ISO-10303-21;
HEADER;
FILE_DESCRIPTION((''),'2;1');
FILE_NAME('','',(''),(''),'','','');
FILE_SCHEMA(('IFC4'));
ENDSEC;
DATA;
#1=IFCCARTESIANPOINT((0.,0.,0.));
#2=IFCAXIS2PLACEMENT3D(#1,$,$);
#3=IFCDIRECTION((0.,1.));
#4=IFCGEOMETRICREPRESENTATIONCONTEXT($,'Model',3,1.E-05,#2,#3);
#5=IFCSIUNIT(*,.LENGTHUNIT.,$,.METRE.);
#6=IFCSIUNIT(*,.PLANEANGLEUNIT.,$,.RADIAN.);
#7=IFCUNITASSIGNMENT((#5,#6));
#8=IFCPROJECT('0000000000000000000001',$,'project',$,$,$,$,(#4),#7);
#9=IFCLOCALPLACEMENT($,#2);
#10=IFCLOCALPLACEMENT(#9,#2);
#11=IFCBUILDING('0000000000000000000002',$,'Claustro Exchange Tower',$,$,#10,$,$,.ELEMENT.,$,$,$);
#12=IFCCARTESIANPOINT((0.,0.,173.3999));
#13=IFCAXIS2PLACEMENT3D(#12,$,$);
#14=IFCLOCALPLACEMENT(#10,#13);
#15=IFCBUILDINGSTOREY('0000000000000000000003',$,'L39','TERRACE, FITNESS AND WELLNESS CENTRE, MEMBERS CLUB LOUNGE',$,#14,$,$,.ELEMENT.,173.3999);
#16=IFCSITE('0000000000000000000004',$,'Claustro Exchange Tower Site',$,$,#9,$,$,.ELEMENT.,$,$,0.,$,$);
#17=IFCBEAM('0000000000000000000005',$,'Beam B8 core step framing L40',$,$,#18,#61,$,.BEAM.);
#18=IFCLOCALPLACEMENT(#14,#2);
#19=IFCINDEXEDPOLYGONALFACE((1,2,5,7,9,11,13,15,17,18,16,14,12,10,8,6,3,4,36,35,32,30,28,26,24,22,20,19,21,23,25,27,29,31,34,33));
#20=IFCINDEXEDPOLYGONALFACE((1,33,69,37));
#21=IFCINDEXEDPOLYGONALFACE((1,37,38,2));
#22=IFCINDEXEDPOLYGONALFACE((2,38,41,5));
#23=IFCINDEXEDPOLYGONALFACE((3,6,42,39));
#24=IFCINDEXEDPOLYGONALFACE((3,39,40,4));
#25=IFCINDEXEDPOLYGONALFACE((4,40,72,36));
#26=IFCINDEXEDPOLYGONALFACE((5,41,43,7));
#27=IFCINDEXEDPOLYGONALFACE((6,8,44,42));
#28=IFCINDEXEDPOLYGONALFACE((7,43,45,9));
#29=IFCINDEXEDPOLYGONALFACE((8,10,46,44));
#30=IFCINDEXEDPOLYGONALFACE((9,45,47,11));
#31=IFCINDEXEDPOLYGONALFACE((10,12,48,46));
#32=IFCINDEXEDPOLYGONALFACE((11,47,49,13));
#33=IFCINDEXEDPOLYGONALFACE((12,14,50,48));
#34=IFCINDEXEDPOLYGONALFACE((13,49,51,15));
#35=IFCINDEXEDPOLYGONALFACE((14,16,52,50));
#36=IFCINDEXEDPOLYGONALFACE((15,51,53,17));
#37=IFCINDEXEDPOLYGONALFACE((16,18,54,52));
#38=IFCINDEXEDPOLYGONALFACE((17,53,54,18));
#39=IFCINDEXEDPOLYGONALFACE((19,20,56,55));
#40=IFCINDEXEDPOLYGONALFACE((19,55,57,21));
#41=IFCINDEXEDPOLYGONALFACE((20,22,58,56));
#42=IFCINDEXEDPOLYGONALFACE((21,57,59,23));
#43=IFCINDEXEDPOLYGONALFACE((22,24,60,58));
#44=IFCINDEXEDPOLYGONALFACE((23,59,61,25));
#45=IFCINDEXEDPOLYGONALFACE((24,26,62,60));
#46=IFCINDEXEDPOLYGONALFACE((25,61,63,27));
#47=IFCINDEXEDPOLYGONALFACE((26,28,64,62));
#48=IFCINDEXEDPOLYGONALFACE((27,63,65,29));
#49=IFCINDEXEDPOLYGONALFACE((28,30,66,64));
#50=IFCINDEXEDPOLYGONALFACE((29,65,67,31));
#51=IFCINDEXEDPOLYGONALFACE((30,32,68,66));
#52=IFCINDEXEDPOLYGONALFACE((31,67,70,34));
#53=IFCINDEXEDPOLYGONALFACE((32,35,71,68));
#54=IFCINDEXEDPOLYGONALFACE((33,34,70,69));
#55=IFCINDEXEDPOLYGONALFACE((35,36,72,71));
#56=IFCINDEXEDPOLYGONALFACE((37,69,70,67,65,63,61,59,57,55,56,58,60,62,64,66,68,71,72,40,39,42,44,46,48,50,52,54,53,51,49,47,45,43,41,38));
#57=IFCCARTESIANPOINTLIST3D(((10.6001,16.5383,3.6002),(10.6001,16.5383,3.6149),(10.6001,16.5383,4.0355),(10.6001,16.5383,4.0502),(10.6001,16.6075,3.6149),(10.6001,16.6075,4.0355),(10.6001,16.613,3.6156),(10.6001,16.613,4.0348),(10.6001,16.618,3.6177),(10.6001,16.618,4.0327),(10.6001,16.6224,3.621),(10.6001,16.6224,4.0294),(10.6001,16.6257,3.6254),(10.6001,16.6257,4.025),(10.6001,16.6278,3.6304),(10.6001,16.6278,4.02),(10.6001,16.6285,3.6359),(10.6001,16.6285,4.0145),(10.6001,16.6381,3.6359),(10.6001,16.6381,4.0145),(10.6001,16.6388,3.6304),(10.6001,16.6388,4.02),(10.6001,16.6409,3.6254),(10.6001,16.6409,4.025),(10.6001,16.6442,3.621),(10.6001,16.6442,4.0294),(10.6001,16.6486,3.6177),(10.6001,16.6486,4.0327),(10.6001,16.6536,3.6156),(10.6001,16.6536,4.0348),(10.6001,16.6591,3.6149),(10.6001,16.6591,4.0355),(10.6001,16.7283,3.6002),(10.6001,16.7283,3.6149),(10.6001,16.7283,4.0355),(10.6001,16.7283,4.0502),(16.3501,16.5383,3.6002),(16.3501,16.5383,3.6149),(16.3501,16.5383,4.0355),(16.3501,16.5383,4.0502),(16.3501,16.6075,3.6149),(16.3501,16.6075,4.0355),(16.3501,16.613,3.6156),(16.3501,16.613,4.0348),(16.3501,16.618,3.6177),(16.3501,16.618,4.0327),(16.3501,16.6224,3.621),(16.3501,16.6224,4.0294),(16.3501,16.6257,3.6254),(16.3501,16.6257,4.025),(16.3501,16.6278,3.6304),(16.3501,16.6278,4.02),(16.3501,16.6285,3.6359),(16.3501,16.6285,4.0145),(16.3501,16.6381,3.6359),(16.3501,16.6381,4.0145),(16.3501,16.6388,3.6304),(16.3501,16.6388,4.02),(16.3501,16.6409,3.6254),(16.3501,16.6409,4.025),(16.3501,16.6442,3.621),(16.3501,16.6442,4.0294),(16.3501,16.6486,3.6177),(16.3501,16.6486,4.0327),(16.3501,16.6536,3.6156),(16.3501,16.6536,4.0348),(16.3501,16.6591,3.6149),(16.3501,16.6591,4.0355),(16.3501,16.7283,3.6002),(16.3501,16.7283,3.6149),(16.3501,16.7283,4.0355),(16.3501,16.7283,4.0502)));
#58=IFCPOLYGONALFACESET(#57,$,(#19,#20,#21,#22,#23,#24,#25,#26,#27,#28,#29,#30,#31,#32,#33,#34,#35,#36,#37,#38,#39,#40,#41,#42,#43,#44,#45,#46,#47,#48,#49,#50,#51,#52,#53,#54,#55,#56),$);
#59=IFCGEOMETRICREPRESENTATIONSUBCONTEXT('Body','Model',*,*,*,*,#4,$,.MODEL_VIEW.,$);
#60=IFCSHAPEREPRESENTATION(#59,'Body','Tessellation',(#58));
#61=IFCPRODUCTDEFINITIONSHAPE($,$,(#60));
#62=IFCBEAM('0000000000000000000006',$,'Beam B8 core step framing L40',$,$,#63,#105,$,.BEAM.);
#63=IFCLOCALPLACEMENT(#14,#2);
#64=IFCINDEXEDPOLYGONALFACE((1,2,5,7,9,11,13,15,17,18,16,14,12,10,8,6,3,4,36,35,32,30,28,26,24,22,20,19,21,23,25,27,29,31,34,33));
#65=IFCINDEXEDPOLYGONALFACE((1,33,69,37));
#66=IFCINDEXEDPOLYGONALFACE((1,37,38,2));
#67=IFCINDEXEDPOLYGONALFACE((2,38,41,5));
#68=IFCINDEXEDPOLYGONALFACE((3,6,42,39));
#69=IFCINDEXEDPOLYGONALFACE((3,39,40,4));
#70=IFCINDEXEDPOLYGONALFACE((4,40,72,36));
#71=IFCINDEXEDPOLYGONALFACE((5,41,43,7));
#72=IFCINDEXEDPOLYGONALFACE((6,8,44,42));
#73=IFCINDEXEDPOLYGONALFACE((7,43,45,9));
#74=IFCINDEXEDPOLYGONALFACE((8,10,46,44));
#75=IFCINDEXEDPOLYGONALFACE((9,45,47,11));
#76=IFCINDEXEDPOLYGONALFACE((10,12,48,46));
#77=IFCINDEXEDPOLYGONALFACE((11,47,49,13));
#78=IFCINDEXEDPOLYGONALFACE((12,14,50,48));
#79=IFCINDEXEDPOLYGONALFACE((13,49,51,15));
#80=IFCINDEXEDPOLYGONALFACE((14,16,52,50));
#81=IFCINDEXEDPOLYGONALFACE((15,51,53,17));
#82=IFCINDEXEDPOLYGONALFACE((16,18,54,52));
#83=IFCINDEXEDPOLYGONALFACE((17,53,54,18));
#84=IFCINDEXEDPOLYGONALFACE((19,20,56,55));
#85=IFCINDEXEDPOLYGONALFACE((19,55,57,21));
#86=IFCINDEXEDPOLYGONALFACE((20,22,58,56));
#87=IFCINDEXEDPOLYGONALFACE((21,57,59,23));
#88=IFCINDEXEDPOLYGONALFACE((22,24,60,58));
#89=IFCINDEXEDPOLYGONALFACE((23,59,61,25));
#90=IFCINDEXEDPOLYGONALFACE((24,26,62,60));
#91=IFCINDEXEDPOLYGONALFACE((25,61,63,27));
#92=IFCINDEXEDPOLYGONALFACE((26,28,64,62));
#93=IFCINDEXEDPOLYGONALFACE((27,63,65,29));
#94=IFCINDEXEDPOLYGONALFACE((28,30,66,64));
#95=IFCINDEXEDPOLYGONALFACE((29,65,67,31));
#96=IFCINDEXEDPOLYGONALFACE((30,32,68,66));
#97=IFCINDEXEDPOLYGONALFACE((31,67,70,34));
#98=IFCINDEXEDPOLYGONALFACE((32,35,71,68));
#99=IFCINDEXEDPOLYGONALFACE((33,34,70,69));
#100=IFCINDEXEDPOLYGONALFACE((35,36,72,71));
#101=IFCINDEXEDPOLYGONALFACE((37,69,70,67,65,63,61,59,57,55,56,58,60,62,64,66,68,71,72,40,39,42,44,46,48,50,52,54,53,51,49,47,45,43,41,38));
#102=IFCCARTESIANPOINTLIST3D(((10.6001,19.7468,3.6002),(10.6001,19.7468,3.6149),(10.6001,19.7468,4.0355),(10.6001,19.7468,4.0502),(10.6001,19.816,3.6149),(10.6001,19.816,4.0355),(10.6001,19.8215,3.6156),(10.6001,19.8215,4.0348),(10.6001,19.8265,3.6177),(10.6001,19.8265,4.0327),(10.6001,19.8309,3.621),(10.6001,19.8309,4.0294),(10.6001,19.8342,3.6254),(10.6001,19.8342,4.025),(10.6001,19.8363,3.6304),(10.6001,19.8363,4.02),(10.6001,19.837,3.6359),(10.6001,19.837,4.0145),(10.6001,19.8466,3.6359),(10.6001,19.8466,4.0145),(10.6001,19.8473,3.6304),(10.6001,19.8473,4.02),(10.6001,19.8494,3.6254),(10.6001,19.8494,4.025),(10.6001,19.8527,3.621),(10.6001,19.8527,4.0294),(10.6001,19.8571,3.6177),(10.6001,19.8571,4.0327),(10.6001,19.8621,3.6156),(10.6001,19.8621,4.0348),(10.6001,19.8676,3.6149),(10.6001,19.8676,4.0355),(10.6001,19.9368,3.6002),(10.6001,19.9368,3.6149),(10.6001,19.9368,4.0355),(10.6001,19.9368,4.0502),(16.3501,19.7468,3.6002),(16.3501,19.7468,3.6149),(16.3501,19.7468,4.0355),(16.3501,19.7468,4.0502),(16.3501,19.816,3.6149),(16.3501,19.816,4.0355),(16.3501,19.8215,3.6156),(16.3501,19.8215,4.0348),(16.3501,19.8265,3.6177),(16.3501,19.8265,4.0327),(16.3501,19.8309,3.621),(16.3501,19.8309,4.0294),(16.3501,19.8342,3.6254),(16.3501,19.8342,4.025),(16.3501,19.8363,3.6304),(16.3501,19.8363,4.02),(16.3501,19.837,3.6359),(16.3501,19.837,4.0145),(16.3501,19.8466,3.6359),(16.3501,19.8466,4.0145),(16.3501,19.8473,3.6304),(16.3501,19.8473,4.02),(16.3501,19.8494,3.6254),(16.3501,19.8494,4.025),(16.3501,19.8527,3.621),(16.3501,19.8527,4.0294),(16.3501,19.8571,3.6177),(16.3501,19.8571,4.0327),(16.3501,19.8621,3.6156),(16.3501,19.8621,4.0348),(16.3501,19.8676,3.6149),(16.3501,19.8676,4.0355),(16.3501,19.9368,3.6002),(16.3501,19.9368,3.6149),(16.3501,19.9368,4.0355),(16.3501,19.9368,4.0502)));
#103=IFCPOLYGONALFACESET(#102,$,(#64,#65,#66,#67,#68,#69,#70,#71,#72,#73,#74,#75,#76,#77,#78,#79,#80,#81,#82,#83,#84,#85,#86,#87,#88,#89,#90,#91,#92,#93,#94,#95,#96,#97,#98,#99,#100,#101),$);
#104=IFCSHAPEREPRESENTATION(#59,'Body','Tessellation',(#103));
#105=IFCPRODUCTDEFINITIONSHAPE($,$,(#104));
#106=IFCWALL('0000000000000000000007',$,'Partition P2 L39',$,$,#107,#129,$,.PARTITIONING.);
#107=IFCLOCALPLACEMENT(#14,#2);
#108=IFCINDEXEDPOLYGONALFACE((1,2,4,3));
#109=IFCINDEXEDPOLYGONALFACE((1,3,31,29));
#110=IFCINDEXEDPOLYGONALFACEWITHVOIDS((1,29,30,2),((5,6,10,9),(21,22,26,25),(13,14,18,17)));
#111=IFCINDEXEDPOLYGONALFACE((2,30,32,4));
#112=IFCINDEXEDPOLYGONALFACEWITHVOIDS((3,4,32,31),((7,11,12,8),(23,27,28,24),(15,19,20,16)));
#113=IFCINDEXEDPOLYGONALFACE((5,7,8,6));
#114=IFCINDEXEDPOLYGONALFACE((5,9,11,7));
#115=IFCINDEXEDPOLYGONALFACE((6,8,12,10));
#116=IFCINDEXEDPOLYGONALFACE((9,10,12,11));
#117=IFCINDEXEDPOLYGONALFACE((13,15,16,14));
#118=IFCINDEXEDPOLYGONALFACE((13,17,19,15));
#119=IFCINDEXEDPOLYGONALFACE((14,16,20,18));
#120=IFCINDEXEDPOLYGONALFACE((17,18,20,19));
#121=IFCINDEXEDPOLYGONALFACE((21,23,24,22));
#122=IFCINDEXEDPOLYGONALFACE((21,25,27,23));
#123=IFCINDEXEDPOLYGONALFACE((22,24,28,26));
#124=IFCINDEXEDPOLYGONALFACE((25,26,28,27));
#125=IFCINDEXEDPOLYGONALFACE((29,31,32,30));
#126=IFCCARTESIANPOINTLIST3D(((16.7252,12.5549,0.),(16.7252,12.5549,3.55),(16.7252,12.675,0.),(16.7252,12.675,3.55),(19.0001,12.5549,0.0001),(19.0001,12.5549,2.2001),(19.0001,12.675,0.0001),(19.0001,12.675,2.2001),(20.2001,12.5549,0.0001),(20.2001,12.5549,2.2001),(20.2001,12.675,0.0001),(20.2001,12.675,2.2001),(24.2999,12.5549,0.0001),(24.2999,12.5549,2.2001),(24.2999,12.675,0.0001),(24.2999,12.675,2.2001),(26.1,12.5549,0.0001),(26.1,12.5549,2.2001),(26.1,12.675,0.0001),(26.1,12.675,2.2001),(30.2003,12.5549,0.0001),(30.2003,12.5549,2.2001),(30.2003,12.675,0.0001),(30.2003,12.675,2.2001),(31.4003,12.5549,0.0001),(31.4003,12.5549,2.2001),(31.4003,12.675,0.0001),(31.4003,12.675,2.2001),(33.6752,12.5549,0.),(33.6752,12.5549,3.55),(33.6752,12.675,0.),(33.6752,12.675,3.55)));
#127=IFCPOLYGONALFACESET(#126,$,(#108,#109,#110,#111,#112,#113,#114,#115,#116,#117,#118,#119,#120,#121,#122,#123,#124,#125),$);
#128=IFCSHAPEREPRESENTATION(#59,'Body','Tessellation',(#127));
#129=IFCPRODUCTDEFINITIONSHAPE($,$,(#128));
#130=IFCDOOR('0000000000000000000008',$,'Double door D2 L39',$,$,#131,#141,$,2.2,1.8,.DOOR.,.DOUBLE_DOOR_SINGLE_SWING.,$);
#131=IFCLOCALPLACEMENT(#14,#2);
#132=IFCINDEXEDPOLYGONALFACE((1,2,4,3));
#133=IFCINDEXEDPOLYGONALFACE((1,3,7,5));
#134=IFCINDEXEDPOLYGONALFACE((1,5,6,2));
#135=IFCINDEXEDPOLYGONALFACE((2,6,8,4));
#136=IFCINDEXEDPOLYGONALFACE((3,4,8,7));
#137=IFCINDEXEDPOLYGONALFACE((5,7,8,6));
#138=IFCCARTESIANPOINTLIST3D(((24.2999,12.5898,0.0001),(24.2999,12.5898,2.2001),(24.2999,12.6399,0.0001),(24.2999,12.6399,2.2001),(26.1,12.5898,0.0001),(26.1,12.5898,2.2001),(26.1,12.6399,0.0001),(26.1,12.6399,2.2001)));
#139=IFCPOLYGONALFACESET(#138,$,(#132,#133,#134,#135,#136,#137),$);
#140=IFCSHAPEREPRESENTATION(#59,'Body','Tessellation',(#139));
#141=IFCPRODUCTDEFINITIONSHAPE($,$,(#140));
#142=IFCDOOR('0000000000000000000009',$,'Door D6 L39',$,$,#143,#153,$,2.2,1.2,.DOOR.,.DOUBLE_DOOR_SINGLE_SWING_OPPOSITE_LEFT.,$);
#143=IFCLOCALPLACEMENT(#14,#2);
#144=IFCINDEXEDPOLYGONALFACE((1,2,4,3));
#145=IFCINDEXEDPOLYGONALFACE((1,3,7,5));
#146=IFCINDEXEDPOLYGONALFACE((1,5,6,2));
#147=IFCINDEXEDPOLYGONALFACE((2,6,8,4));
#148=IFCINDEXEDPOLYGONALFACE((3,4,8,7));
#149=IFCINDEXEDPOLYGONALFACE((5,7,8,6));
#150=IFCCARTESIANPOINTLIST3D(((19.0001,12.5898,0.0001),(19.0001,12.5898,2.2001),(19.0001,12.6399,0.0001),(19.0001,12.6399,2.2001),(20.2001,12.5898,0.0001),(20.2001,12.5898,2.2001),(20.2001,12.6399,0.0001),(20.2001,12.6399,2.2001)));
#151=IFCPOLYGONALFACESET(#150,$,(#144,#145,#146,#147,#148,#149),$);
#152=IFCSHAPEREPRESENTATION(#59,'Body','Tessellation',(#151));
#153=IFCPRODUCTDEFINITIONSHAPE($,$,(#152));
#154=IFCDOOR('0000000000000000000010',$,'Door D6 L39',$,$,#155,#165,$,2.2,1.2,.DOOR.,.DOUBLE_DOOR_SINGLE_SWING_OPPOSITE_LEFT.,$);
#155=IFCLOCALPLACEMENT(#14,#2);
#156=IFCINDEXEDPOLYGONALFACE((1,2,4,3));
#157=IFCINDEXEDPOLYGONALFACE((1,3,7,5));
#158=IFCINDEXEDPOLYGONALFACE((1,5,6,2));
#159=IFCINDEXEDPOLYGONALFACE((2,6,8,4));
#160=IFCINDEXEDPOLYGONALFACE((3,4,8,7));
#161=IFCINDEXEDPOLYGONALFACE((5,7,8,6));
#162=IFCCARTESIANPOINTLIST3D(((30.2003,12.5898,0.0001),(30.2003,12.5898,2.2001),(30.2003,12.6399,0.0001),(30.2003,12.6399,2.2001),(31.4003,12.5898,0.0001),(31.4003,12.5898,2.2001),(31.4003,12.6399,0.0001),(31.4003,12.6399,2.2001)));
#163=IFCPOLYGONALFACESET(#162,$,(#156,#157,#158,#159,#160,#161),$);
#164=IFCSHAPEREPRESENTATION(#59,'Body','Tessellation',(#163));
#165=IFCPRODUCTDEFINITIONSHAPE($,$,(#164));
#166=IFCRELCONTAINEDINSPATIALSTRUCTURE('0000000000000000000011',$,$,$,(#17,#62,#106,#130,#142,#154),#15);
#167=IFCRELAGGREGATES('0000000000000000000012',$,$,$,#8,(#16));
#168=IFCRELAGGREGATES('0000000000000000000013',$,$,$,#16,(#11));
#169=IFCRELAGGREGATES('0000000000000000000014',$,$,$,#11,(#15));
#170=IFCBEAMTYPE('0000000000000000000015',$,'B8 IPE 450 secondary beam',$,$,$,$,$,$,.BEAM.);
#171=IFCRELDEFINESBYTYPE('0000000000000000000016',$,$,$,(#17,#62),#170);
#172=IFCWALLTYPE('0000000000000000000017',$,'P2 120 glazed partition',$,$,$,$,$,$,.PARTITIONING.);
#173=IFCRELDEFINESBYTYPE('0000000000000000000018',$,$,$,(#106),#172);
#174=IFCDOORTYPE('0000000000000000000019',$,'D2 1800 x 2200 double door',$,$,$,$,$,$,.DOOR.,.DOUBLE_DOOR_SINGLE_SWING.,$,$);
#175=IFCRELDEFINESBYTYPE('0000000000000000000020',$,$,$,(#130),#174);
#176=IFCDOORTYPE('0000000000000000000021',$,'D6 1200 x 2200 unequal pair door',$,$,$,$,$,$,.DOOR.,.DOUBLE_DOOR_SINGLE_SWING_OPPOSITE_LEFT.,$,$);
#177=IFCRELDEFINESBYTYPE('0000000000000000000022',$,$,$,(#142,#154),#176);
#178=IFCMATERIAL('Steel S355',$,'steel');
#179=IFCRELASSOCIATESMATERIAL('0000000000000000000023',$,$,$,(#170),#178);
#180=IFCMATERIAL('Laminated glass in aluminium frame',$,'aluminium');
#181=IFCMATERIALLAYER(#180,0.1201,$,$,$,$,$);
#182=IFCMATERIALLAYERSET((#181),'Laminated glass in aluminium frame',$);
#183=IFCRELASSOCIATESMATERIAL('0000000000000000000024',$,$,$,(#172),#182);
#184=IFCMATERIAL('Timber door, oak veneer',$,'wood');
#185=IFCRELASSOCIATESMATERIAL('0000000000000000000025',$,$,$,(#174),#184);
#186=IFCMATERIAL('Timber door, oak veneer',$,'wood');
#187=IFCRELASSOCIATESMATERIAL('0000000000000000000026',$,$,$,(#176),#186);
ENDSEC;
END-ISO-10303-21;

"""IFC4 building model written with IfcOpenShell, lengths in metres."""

from ifc_helpers import new_model, si_unit, direction, frame, frame_2d, origin, origin_2d, place, context, subcontext, project, spatial, rectangle, i_section, extrude, material, layer, layer_set, material_profile, profile_set, type_object, element, fill, save


model = new_model("IFC4")

# Units and contexts
model_context = context("Model", 3, precision=1e-05, world=origin(), true_north=direction((0.0, 1.0)))
body_context = subcontext(model_context, "Body", "Model", "MODEL_VIEW")
ifc_project = project(units=[si_unit("LENGTHUNIT", "METRE"), si_unit("PLANEANGLEUNIT", "RADIAN")], contexts=[model_context])

# Site, building, storey
site_placement = place(None, origin())
site = spatial("IfcSite", under=ifc_project, at=site_placement, Name="Claustro Exchange Tower Site", CompositionType="ELEMENT", RefElevation=0.0)
building_placement = place(site_placement, origin())
building = spatial("IfcBuilding", under=site, at=building_placement, Name="Claustro Exchange Tower", CompositionType="ELEMENT")
storey_placement = place(building_placement, frame((0.0, 0.0, 173.3999)))
storey = spatial("IfcBuildingStorey", under=building, at=storey_placement, Name="L39", Description="TERRACE, FITNESS AND WELLNESS CENTRE, MEMBERS CLUB LOUNGE", CompositionType="ELEMENT", Elevation=173.3999)

# Beams
ifc_material_1 = material(Name="Steel S355", Category="steel")
ifc_material_profile_1 = material_profile(ifc_material_1, i_section(OverallWidth=0.1899, OverallDepth=0.45, WebThickness=0.0095, FlangeThickness=0.0146, FilletRadius=0.021, at=origin_2d()), Name="IPE 450")
ifc_profile_set_1 = profile_set([ifc_material_profile_1], Name="Steel S355")
beam_type_1 = type_object("IfcBeamType", Name="B8 IPE 450 secondary beam", PredefinedType="BEAM", material=ifc_profile_set_1)
for number, where, z_axis, x_axis, name in (
    (1, (10.6001, 16.6333, 3.8252), (1.0, 0.0, 0.0), (0.0, 1.0, 0.0), "Beam B8 core step framing L40"),
    (2, (10.6001, 19.8418, 3.8252), (1.0, 0.0, 0.0), (0.0, 1.0, 0.0), "Beam B8 core step framing L40"),
):
    element("IfcBeam", number, at=place(storey_placement, frame(where, z_axis=z_axis, x_axis=x_axis)), inside=storey, type_object=beam_type_1, Name=name, PredefinedType="BEAM", context=body_context, shape_type="SweptSolid", body=[
        extrude(i_section(OverallWidth=0.1899, OverallDepth=0.45, WebThickness=0.0095, FlangeThickness=0.0146, FilletRadius=0.021, at=origin_2d()), origin(), (0.0, 0.0, 1.0), 5.75),
    ])

# Wall, openings, doors
ifc_material_2 = material(Name="Laminated glass in aluminium frame", Category="aluminium")
ifc_layer_1 = layer(ifc_material_2, 0.1201)
ifc_layer_set_1 = layer_set([ifc_layer_1], Name="Laminated glass in aluminium frame")
wall_type_1 = type_object("IfcWallType", Name="P2 120 glazed partition", PredefinedType="PARTITIONING", material=ifc_layer_set_1)
wall_1_placement = place(storey_placement, frame((16.7251, 12.615, 0.0), z_axis=(0.0, 0.0, 1.0), x_axis=(1.0, 0.0, 0.0)))
wall_1 = element("IfcWall", 3, at=wall_1_placement, inside=storey, type_object=wall_type_1, Name="Partition P2 L39", PredefinedType="PARTITIONING", context=body_context, shape_type="SweptSolid", body=[
    extrude(rectangle(XDim=16.95, YDim=0.1201, at=frame_2d((8.4751, 0.0))), origin(), (0.0, 0.0, 1.0), 3.55),
])
opening_1_placement = place(wall_1_placement, frame((2.2749, 0.0, 0.0)))
opening_1 = element("IfcOpeningElement", 4, at=opening_1_placement, cuts=wall_1, PredefinedType="OPENING", context=body_context, shape_type="SweptSolid", body=[
    extrude(rectangle(XDim=1.2, YDim=2.2, at=frame_2d((0.6001, 1.1001))), frame((0.0, 0.0701, 0.0), z_axis=(0.0, -1.0, 0.0), x_axis=(1.0, 0.0, 0.0)), (0.0, 0.0, 1.0), 0.1401),
])
opening_2_placement = place(wall_1_placement, frame((7.575, 0.0, 0.0)))
opening_2 = element("IfcOpeningElement", 5, at=opening_2_placement, cuts=wall_1, PredefinedType="OPENING", context=body_context, shape_type="SweptSolid", body=[
    extrude(rectangle(XDim=1.8, YDim=2.2, at=frame_2d((0.8999, 1.1001))), frame((0.0, 0.0701, 0.0), z_axis=(0.0, -1.0, 0.0), x_axis=(1.0, 0.0, 0.0)), (0.0, 0.0, 1.0), 0.1401),
])
opening_3_placement = place(wall_1_placement, frame((13.4751, 0.0, 0.0)))
opening_3 = element("IfcOpeningElement", 6, at=opening_3_placement, cuts=wall_1, PredefinedType="OPENING", context=body_context, shape_type="SweptSolid", body=[
    extrude(rectangle(XDim=1.2, YDim=2.2, at=frame_2d((0.6001, 1.1001))), frame((0.0, 0.0701, 0.0), z_axis=(0.0, -1.0, 0.0), x_axis=(1.0, 0.0, 0.0)), (0.0, 0.0, 1.0), 0.1401),
])
ifc_material_3 = material(Name="Timber door, oak veneer", Category="wood")
door_type_1 = type_object("IfcDoorType", Name="D2 1800 x 2200 double door", OperationType="DOUBLE_DOOR_SINGLE_SWING", PredefinedType="DOOR", material=ifc_material_3)
door_1_placement = place(opening_2_placement, origin())
door_1 = element("IfcDoor", 7, at=door_1_placement, inside=storey, type_object=door_type_1, Name="Double door D2 L39", OperationType="DOUBLE_DOOR_SINGLE_SWING", OverallHeight=2.2, OverallWidth=1.8, PredefinedType="DOOR", context=body_context, shape_type="SweptSolid", body=[
    extrude(rectangle(XDim=1.8, YDim=2.2, at=frame_2d((0.8999, 1.1001))), frame((0.0, 0.0249, 0.0), z_axis=(0.0, -1.0, 0.0), x_axis=(1.0, 0.0, 0.0)), (0.0, 0.0, 1.0), 0.05),
])
fill(opening_2, door_1)
ifc_material_4 = material(Name="Timber door, oak veneer", Category="wood")
door_type_2 = type_object("IfcDoorType", Name="D6 1200 x 2200 unequal pair door", OperationType="DOUBLE_DOOR_SINGLE_SWING_OPPOSITE_LEFT", PredefinedType="DOOR", material=ifc_material_4)
door_2_placement = place(opening_1_placement, origin())
door_2 = element("IfcDoor", 8, at=door_2_placement, inside=storey, type_object=door_type_2, Name="Door D6 L39", OperationType="DOUBLE_DOOR_SINGLE_SWING_OPPOSITE_LEFT", OverallHeight=2.2, OverallWidth=1.2, PredefinedType="DOOR", context=body_context, shape_type="SweptSolid", body=[
    extrude(rectangle(XDim=1.2, YDim=2.2, at=frame_2d((0.6001, 1.1001))), frame((0.0, 0.0249, 0.0), z_axis=(0.0, -1.0, 0.0), x_axis=(1.0, 0.0, 0.0)), (0.0, 0.0, 1.0), 0.05),
])
fill(opening_1, door_2)
door_3_placement = place(opening_3_placement, origin())
door_3 = element("IfcDoor", 9, at=door_3_placement, inside=storey, type_object=door_type_2, Name="Door D6 L39", OperationType="DOUBLE_DOOR_SINGLE_SWING_OPPOSITE_LEFT", OverallHeight=2.2, OverallWidth=1.2, PredefinedType="DOOR", context=body_context, shape_type="SweptSolid", body=[
    extrude(rectangle(XDim=1.2, YDim=2.2, at=frame_2d((0.6001, 1.1001))), frame((0.0, 0.0249, 0.0), z_axis=(0.0, -1.0, 0.0), x_axis=(1.0, 0.0, 0.0)), (0.0, 0.0, 1.0), 0.05),
])
fill(opening_3, door_3)

save(model, "model.ifc")
